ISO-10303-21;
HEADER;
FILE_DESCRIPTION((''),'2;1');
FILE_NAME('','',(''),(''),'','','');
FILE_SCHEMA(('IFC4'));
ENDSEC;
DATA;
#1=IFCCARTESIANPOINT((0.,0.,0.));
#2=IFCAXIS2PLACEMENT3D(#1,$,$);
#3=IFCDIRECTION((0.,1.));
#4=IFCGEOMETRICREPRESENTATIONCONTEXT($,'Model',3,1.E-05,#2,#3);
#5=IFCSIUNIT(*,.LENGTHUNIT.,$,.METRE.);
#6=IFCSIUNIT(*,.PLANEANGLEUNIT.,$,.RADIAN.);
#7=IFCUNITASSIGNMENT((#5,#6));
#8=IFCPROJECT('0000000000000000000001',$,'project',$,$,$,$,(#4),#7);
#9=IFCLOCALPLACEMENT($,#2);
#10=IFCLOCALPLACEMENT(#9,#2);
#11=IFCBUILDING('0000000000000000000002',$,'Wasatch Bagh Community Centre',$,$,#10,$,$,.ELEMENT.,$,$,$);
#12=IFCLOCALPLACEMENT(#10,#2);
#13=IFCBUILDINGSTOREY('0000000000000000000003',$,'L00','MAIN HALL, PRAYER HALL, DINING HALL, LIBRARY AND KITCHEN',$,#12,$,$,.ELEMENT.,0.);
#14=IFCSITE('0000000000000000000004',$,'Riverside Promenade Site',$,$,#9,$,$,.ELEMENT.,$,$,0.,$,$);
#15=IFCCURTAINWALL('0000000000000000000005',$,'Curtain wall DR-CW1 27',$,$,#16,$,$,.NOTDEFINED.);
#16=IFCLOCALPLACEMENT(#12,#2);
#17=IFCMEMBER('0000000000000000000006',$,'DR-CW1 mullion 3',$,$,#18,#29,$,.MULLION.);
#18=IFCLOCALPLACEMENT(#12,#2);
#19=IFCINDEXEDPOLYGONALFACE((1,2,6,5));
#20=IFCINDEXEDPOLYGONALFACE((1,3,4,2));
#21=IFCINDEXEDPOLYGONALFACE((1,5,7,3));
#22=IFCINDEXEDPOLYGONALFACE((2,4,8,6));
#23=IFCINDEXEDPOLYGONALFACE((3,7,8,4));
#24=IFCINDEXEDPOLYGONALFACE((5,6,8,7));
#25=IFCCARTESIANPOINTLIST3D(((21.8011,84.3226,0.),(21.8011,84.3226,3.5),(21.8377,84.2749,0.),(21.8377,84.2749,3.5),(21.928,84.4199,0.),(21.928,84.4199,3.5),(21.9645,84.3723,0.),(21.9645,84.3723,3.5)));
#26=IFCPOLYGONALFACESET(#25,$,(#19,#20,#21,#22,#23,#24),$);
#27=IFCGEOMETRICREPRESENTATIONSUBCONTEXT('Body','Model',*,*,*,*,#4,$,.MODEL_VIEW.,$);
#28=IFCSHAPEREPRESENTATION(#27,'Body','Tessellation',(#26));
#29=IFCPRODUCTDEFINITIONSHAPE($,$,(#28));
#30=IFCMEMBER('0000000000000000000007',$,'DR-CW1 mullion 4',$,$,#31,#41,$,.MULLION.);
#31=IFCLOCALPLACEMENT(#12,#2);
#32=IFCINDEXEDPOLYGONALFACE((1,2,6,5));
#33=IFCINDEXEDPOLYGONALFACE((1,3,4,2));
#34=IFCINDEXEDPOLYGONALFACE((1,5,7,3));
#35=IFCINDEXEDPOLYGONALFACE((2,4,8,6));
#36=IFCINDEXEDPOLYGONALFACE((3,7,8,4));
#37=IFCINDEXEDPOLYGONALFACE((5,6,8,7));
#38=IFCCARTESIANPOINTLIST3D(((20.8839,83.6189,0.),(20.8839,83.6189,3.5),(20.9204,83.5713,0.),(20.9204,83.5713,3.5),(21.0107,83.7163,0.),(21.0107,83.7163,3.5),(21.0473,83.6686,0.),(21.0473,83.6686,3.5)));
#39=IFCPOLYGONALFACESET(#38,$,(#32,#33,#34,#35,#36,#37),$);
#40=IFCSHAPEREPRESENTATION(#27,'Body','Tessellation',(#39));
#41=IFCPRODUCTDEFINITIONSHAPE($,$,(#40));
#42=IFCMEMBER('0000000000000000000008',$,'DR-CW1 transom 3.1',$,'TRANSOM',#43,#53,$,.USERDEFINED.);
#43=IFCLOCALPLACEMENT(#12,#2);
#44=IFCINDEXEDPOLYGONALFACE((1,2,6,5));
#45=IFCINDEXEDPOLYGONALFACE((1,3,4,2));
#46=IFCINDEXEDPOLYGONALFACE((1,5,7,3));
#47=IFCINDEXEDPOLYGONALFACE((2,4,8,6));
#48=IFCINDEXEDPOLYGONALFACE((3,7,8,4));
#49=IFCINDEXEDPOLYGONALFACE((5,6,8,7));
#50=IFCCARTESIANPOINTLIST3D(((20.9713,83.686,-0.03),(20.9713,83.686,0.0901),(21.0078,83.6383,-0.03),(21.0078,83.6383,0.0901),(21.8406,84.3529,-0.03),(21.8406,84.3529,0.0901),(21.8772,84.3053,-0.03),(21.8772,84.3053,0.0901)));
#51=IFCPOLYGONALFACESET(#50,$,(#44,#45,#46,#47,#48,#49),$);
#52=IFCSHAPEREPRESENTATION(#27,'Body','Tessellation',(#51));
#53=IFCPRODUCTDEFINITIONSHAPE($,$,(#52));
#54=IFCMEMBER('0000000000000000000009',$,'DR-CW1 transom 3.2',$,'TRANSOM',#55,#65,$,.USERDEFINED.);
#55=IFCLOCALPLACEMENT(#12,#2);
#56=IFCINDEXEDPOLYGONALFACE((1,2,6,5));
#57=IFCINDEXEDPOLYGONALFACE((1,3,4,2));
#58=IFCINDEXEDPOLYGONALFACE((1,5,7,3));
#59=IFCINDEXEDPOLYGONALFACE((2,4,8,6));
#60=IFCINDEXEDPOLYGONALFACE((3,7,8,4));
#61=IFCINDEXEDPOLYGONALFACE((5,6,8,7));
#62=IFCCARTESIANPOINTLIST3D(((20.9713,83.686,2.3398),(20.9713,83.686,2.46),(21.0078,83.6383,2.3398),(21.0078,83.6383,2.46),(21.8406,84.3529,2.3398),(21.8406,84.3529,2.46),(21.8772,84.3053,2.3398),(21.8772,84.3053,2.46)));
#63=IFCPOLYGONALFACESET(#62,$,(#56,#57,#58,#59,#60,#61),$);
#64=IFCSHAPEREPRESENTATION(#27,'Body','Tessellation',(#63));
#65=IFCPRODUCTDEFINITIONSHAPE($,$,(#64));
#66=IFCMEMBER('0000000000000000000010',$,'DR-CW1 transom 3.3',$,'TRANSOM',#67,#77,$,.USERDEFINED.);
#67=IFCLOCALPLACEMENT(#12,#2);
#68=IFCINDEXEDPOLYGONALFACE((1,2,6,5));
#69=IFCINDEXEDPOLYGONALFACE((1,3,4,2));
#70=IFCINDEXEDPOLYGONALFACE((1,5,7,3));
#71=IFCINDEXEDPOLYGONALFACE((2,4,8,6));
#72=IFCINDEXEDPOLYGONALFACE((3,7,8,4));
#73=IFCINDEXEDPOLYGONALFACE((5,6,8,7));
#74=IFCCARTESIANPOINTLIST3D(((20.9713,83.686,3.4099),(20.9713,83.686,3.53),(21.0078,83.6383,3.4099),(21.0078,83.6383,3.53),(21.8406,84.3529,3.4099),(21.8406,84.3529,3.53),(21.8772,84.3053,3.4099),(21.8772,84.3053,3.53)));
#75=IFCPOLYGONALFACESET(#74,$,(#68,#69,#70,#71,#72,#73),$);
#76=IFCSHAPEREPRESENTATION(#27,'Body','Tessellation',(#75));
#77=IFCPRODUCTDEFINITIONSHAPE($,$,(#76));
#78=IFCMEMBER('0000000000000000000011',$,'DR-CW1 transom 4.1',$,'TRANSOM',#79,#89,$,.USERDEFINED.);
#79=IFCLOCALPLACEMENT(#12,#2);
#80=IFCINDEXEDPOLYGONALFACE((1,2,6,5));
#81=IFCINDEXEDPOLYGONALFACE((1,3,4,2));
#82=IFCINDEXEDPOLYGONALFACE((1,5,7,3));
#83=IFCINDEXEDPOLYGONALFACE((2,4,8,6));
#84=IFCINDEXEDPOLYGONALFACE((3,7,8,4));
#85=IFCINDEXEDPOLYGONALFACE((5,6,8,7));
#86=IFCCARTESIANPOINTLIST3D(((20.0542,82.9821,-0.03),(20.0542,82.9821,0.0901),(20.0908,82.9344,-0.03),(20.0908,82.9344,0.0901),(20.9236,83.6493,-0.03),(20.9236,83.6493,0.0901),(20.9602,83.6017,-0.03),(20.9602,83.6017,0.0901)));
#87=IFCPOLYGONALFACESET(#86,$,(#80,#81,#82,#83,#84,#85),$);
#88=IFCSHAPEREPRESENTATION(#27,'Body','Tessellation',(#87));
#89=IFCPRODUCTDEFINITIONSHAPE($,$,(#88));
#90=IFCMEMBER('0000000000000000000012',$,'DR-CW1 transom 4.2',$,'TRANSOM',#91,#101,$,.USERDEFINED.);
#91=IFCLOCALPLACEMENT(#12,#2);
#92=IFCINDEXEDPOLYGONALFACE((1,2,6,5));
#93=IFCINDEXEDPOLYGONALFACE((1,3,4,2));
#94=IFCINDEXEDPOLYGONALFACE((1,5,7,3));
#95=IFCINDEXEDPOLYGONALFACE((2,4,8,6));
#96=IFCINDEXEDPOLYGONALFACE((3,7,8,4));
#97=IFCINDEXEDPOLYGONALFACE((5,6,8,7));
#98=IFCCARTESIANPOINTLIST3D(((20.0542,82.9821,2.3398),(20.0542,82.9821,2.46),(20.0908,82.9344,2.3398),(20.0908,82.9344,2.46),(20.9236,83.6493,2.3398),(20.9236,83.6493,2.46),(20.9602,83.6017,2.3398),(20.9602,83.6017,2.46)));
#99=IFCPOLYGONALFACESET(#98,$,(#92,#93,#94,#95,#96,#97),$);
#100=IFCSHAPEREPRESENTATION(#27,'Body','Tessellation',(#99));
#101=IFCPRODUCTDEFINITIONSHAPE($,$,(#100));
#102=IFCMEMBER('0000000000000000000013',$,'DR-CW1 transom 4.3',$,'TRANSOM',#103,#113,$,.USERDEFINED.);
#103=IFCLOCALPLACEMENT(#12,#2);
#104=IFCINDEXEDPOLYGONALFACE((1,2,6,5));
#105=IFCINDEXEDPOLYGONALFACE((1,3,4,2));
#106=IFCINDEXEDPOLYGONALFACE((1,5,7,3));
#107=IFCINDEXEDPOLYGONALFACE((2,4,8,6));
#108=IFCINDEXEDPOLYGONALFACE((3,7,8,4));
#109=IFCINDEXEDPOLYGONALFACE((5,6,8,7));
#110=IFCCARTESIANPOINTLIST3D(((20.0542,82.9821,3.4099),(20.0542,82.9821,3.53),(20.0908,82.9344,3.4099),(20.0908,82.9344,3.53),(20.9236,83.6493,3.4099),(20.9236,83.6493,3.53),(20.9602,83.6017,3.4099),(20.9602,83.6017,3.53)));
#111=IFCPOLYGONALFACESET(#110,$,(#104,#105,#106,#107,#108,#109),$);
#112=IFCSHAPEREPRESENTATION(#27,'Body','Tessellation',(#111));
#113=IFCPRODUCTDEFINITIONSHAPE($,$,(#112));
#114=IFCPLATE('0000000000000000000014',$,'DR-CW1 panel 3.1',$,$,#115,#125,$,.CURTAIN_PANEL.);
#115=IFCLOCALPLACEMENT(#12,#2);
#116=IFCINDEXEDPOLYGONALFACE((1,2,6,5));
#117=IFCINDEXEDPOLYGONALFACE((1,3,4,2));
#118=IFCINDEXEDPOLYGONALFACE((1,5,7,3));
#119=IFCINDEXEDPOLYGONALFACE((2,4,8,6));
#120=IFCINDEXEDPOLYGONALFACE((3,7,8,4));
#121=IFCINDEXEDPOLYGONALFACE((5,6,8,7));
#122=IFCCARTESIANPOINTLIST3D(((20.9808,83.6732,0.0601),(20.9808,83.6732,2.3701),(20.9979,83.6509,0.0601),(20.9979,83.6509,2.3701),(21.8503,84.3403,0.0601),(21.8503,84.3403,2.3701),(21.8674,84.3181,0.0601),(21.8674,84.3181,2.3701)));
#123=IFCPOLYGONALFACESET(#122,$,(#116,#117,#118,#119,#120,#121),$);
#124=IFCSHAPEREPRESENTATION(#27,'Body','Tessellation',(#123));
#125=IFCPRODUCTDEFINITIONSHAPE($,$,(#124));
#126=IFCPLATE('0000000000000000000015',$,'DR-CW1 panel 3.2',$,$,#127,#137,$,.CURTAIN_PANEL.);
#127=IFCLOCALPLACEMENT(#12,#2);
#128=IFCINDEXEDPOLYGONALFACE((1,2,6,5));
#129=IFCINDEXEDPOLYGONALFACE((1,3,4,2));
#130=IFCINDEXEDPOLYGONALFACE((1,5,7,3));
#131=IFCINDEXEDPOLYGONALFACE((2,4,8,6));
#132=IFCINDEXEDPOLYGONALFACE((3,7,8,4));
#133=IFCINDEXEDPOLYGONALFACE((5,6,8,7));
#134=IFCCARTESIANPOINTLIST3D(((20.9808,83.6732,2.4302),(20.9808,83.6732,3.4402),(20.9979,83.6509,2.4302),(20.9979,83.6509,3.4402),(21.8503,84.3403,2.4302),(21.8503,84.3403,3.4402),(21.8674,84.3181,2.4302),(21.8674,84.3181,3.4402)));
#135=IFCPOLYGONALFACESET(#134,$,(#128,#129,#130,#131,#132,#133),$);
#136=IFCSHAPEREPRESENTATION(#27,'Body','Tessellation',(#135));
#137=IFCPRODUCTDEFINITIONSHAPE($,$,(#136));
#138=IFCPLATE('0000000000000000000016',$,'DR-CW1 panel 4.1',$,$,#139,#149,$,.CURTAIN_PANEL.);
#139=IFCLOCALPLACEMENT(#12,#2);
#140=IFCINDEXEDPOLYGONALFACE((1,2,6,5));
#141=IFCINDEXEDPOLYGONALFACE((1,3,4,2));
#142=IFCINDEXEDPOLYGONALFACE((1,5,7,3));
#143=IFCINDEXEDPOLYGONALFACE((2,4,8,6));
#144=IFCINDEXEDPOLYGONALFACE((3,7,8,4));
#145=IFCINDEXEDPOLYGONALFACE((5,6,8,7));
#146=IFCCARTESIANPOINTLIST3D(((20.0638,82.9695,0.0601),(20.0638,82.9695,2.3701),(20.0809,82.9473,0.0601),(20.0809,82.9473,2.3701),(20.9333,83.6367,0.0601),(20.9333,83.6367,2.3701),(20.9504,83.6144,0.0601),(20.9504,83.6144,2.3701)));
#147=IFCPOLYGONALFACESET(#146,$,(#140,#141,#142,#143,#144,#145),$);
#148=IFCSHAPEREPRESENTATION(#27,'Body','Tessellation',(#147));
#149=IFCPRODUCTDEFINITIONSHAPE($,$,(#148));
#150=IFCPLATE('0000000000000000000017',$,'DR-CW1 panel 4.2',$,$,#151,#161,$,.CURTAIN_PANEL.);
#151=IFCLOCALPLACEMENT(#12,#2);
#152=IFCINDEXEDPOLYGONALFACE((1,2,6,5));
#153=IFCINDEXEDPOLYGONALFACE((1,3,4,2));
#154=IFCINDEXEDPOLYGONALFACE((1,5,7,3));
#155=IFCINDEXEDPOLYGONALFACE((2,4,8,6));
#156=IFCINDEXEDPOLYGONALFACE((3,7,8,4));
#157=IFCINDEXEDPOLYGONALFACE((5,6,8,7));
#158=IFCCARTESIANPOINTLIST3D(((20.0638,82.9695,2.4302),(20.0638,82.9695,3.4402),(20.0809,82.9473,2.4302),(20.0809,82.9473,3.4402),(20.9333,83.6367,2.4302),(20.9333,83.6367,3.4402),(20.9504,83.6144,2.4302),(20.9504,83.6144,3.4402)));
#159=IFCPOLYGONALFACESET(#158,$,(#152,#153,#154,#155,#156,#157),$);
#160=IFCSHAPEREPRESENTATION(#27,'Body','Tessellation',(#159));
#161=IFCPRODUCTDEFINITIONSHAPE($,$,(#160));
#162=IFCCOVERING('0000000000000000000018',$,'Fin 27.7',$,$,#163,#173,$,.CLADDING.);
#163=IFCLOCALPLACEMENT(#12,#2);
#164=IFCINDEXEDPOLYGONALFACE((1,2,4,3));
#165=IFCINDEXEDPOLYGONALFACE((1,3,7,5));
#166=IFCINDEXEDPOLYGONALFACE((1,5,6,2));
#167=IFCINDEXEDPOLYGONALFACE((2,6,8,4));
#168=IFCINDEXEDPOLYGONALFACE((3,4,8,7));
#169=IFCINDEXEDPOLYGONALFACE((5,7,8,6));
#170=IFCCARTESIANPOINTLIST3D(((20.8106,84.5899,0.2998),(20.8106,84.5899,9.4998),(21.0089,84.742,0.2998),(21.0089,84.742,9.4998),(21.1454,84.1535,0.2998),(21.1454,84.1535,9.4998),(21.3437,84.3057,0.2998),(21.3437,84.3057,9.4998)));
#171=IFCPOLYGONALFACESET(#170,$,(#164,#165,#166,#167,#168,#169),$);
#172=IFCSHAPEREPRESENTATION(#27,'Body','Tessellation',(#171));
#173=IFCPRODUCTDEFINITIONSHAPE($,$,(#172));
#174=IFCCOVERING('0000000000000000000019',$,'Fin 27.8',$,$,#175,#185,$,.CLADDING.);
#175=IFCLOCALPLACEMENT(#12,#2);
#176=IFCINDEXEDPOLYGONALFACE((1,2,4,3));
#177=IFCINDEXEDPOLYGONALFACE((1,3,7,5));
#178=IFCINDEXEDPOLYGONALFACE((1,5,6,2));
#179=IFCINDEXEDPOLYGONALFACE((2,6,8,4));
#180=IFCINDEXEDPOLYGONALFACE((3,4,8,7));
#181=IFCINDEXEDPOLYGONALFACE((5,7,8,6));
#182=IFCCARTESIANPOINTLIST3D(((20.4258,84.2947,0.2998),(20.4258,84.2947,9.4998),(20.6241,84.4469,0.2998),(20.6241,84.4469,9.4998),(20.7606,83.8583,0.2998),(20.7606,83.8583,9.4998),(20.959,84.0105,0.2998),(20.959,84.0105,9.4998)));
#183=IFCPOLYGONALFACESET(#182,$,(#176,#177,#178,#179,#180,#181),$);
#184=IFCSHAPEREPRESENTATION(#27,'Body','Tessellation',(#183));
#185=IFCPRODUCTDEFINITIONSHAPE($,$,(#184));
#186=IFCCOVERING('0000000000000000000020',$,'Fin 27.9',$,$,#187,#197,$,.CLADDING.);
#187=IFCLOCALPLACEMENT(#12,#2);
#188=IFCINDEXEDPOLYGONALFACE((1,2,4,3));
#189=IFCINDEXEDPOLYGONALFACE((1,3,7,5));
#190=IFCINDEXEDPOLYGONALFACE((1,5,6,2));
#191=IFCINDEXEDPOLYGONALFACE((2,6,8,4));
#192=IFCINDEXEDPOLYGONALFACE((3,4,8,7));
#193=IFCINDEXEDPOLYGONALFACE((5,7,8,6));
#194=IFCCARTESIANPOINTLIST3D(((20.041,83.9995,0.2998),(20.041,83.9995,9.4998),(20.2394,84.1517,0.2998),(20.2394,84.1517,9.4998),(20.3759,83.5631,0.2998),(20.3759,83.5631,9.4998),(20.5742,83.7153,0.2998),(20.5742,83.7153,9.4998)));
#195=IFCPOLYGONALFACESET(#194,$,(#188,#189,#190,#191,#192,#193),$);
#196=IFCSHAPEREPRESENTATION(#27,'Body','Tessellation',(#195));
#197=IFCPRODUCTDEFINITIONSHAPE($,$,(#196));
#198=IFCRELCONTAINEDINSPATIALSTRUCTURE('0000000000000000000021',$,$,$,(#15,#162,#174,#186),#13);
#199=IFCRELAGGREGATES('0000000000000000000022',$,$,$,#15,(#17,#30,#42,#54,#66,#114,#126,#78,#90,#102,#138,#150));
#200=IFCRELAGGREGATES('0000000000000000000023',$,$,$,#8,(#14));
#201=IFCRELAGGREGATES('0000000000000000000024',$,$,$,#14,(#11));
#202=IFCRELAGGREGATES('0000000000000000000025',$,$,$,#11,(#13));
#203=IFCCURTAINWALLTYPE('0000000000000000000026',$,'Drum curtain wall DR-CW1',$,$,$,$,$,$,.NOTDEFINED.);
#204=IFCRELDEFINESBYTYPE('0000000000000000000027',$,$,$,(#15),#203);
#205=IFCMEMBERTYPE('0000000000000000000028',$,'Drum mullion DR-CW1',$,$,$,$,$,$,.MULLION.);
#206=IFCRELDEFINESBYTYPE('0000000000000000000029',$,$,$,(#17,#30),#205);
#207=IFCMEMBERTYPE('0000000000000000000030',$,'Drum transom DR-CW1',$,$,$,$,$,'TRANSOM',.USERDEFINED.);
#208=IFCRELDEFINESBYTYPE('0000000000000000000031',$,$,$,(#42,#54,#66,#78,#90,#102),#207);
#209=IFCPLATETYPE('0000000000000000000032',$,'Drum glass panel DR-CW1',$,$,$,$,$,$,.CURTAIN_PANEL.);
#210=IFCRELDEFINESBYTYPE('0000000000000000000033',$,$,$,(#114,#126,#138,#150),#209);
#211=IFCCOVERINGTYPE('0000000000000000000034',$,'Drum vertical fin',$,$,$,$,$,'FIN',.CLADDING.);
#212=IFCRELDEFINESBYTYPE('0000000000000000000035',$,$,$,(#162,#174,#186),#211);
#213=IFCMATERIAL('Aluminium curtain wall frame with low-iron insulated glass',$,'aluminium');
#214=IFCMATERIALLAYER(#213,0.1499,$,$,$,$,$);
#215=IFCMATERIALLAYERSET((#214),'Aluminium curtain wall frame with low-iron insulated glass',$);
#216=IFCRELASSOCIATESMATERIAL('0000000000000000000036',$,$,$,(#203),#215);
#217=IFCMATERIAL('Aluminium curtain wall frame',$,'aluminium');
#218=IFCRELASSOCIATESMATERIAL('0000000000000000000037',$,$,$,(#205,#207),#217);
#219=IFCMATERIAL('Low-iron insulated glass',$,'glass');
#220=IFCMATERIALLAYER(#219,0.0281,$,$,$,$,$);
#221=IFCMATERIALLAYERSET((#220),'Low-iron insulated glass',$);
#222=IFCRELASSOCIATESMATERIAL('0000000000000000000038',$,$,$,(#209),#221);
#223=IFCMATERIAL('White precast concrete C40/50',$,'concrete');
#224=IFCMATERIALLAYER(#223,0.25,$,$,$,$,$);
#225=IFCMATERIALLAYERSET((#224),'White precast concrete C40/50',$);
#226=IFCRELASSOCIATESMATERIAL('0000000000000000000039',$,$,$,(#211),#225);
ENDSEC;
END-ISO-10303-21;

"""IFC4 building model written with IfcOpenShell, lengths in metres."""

from ifc_helpers import new_model, si_unit, direction, frame, origin, origin_2d, place, context, subcontext, project, spatial, rectangle, extrude, material, layer, layer_set, material_profile, profile_set, type_object, element, aggregate, save


model = new_model("IFC4")

# Units and contexts
model_context = context("Model", 3, precision=1e-05, world=origin(), true_north=direction((0.0, 1.0)))
body_context = subcontext(model_context, "Body", "Model", "MODEL_VIEW")
ifc_project = project(units=[si_unit("LENGTHUNIT", "METRE"), si_unit("PLANEANGLEUNIT", "RADIAN")], contexts=[model_context])

# Site, building, storey
site_placement = place(None, origin())
site = spatial("IfcSite", under=ifc_project, at=site_placement, Name="Riverside Promenade Site", CompositionType="ELEMENT", RefElevation=0.0)
building_placement = place(site_placement, origin())
building = spatial("IfcBuilding", under=site, at=building_placement, Name="Wasatch Bagh Community Centre", CompositionType="ELEMENT")
storey_placement = place(building_placement, origin())
storey = spatial("IfcBuildingStorey", under=building, at=storey_placement, Name="L00", Description="MAIN HALL, PRAYER HALL, DINING HALL, LIBRARY AND KITCHEN", CompositionType="ELEMENT", Elevation=0.0)

# Curtain wall, members, plates
ifc_material_1 = material(Name="Aluminium curtain wall frame with low-iron insulated glass", Category="aluminium")
ifc_layer_1 = layer(ifc_material_1, 0.1499)
ifc_layer_set_1 = layer_set([ifc_layer_1], Name="Aluminium curtain wall frame with low-iron insulated glass")
curtain_wall_type = type_object("IfcCurtainWallType", Name="Drum curtain wall DR-CW1", PredefinedType="NOTDEFINED", material=ifc_layer_set_1)
curtain_wall_placement = place(storey_placement, origin())
curtain_wall = element("IfcCurtainWall", 1, at=curtain_wall_placement, inside=storey, type_object=curtain_wall_type, Name="Curtain wall DR-CW1 27", PredefinedType="NOTDEFINED")
ifc_material_2 = material(Name="Aluminium curtain wall frame", Category="aluminium")
ifc_material_profile_1 = material_profile(ifc_material_2, rectangle(XDim=0.0601, YDim=0.1599, at=origin_2d()), Name="Drum mullion DR-CW1")
ifc_profile_set_1 = profile_set([ifc_material_profile_1], Name="Aluminium curtain wall frame")
member_type_1 = type_object("IfcMemberType", Name="Drum mullion DR-CW1", PredefinedType="MULLION", material=ifc_profile_set_1)
member_1_placement = place(storey_placement, frame((21.8828, 84.3474, 0.0), z_axis=(0.0, 0.0, 1.0), x_axis=(0.608761, -0.793353, 0.0)))
member_1 = element("IfcMember", 2, at=member_1_placement, type_object=member_type_1, Name="DR-CW1 mullion 3", PredefinedType="MULLION", context=body_context, shape_type="SweptSolid", body=[
    extrude(rectangle(XDim=0.0601, YDim=0.1599, at=origin_2d()), origin(), (0.0, 0.0, 1.0), 3.5),
])
member_2_placement = place(storey_placement, frame((20.9656, 83.6438, 0.0), z_axis=(0.0, 0.0, 1.0), x_axis=(0.608761, -0.793353, 0.0)))
member_2 = element("IfcMember", 3, at=member_2_placement, type_object=member_type_1, Name="DR-CW1 mullion 4", PredefinedType="MULLION", context=body_context, shape_type="SweptSolid", body=[
    extrude(rectangle(XDim=0.0601, YDim=0.1599, at=origin_2d()), origin(), (0.0, 0.0, 1.0), 3.5),
])
ifc_material_profile_2 = material_profile(ifc_material_2, rectangle(XDim=0.0601, YDim=0.1201, at=origin_2d()), Name="Drum transom DR-CW1")
ifc_profile_set_2 = profile_set([ifc_material_profile_2], Name="Aluminium curtain wall frame")
member_type_2 = type_object("IfcMemberType", Name="Drum transom DR-CW1", ElementType="TRANSOM", PredefinedType="USERDEFINED", material=ifc_profile_set_2)
member_3_placement = place(storey_placement, frame((21.8589, 84.3291, 0.03), z_axis=(-0.793402, -0.608698, 0.0), x_axis=(0.608698, -0.793402, 0.0)))
member_3 = element("IfcMember", 4, at=member_3_placement, type_object=member_type_2, Name="DR-CW1 transom 3.1", ObjectType="TRANSOM", PredefinedType="USERDEFINED", context=body_context, shape_type="SweptSolid", body=[
    extrude(rectangle(XDim=0.0601, YDim=0.1201, at=origin_2d()), origin(), (0.0, 0.0, 1.0), 1.0957),
])
member_4_placement = place(storey_placement, frame((21.8589, 84.3291, 2.3999), z_axis=(-0.793402, -0.608698, 0.0), x_axis=(0.608698, -0.793402, 0.0)))
member_4 = element("IfcMember", 5, at=member_4_placement, type_object=member_type_2, Name="DR-CW1 transom 3.2", ObjectType="TRANSOM", PredefinedType="USERDEFINED", context=body_context, shape_type="SweptSolid", body=[
    extrude(rectangle(XDim=0.0601, YDim=0.1201, at=origin_2d()), origin(), (0.0, 0.0, 1.0), 1.0957),
])
member_5_placement = place(storey_placement, frame((21.8589, 84.3291, 3.47), z_axis=(-0.793402, -0.608698, 0.0), x_axis=(0.608698, -0.793402, 0.0)))
member_5 = element("IfcMember", 6, at=member_5_placement, type_object=member_type_2, Name="DR-CW1 transom 3.3", ObjectType="TRANSOM", PredefinedType="USERDEFINED", context=body_context, shape_type="SweptSolid", body=[
    extrude(rectangle(XDim=0.0601, YDim=0.1201, at=origin_2d()), origin(), (0.0, 0.0, 1.0), 1.0957),
])
member_6_placement = place(storey_placement, frame((20.9419, 83.6255, 0.03), z_axis=(-0.793294, -0.608838, 0.0), x_axis=(0.608838, -0.793294, 0.0)))
member_6 = element("IfcMember", 7, at=member_6_placement, type_object=member_type_2, Name="DR-CW1 transom 4.1", ObjectType="TRANSOM", PredefinedType="USERDEFINED", context=body_context, shape_type="SweptSolid", body=[
    extrude(rectangle(XDim=0.0601, YDim=0.1201, at=origin_2d()), origin(), (0.0, 0.0, 1.0), 1.0959),
])
member_7_placement = place(storey_placement, frame((20.9419, 83.6255, 2.3999), z_axis=(-0.793294, -0.608838, 0.0), x_axis=(0.608838, -0.793294, 0.0)))
member_7 = element("IfcMember", 8, at=member_7_placement, type_object=member_type_2, Name="DR-CW1 transom 4.2", ObjectType="TRANSOM", PredefinedType="USERDEFINED", context=body_context, shape_type="SweptSolid", body=[
    extrude(rectangle(XDim=0.0601, YDim=0.1201, at=origin_2d()), origin(), (0.0, 0.0, 1.0), 1.0959),
])
member_8_placement = place(storey_placement, frame((20.9419, 83.6255, 3.47), z_axis=(-0.793294, -0.608838, 0.0), x_axis=(0.608838, -0.793294, 0.0)))
member_8 = element("IfcMember", 9, at=member_8_placement, type_object=member_type_2, Name="DR-CW1 transom 4.3", ObjectType="TRANSOM", PredefinedType="USERDEFINED", context=body_context, shape_type="SweptSolid", body=[
    extrude(rectangle(XDim=0.0601, YDim=0.1201, at=origin_2d()), origin(), (0.0, 0.0, 1.0), 1.0959),
])
ifc_material_3 = material(Name="Low-iron insulated glass", Category="glass")
ifc_layer_2 = layer(ifc_material_3, 0.0281)
ifc_layer_set_2 = layer_set([ifc_layer_2], Name="Low-iron insulated glass")
plate_type = type_object("IfcPlateType", Name="Drum glass panel DR-CW1", PredefinedType="CURTAIN_PANEL", material=ifc_layer_set_2)
plate_1_placement = place(storey_placement, frame((21.4241, 83.9956, 0.0601), z_axis=(0.0, 0.0, 1.0), x_axis=(-0.793353, -0.608761, 0.0)))
plate_1 = element("IfcPlate", 10, at=plate_1_placement, type_object=plate_type, Name="DR-CW1 panel 3.1", PredefinedType="CURTAIN_PANEL", context=body_context, shape_type="SweptSolid", body=[
    extrude(rectangle(XDim=1.0959, YDim=0.0281, at=origin_2d()), origin(), (0.0, 0.0, 1.0), 2.3101),
])
plate_2_placement = place(storey_placement, frame((21.4241, 83.9956, 2.4302), z_axis=(0.0, 0.0, 1.0), x_axis=(-0.793353, -0.608761, 0.0)))
plate_2 = element("IfcPlate", 11, at=plate_2_placement, type_object=plate_type, Name="DR-CW1 panel 3.2", PredefinedType="CURTAIN_PANEL", context=body_context, shape_type="SweptSolid", body=[
    extrude(rectangle(XDim=1.0959, YDim=0.0281, at=origin_2d()), origin(), (0.0, 0.0, 1.0), 1.01),
])
plate_3_placement = place(storey_placement, frame((20.5071, 83.292, 0.0601), z_axis=(0.0, 0.0, 1.0), x_axis=(-0.793353, -0.608761, 0.0)))
plate_3 = element("IfcPlate", 12, at=plate_3_placement, type_object=plate_type, Name="DR-CW1 panel 4.1", PredefinedType="CURTAIN_PANEL", context=body_context, shape_type="SweptSolid", body=[
    extrude(rectangle(XDim=1.0959, YDim=0.0281, at=origin_2d()), origin(), (0.0, 0.0, 1.0), 2.3101),
])
plate_4_placement = place(storey_placement, frame((20.5071, 83.292, 2.4302), z_axis=(0.0, 0.0, 1.0), x_axis=(-0.793353, -0.608761, 0.0)))
plate_4 = element("IfcPlate", 13, at=plate_4_placement, type_object=plate_type, Name="DR-CW1 panel 4.2", PredefinedType="CURTAIN_PANEL", context=body_context, shape_type="SweptSolid", body=[
    extrude(rectangle(XDim=1.0959, YDim=0.0281, at=origin_2d()), origin(), (0.0, 0.0, 1.0), 1.01),
])
aggregate(curtain_wall, [member_1, member_2, member_3, member_4, member_5, plate_1, plate_2, member_6, member_7, member_8, plate_3, plate_4])

# Coverings
ifc_material_4 = material(Name="White precast concrete C40/50", Category="concrete")
ifc_layer_3 = layer(ifc_material_4, 0.25)
ifc_layer_set_3 = layer_set([ifc_layer_3], Name="White precast concrete C40/50")
covering_type = type_object("IfcCoveringType", Name="Drum vertical fin", ElementType="FIN", PredefinedType="CLADDING", material=ifc_layer_set_3)
for number, where, z_axis, x_axis, name in (
    (14, (21.0771, 84.4478, 0.2998), (0.0, 0.0, 1.0), (-0.793353, -0.608761, 0.0), "Fin 27.7"),
    (15, (20.6924, 84.1526, 0.2998), (0.0, 0.0, 1.0), (-0.793353, -0.608761, 0.0), "Fin 27.8"),
    (16, (20.3076, 83.8574, 0.2998), (0.0, 0.0, 1.0), (-0.793353, -0.608761, 0.0), "Fin 27.9"),
):
    element("IfcCovering", number, at=place(storey_placement, frame(where, z_axis=z_axis, x_axis=x_axis)), inside=storey, type_object=covering_type, Name=name, PredefinedType="CLADDING", context=body_context, shape_type="SweptSolid", body=[
        extrude(rectangle(XDim=0.25, YDim=0.55, at=origin_2d()), origin(), (0.0, 0.0, 1.0), 9.2),
    ])

save(model, "model.ifc")
